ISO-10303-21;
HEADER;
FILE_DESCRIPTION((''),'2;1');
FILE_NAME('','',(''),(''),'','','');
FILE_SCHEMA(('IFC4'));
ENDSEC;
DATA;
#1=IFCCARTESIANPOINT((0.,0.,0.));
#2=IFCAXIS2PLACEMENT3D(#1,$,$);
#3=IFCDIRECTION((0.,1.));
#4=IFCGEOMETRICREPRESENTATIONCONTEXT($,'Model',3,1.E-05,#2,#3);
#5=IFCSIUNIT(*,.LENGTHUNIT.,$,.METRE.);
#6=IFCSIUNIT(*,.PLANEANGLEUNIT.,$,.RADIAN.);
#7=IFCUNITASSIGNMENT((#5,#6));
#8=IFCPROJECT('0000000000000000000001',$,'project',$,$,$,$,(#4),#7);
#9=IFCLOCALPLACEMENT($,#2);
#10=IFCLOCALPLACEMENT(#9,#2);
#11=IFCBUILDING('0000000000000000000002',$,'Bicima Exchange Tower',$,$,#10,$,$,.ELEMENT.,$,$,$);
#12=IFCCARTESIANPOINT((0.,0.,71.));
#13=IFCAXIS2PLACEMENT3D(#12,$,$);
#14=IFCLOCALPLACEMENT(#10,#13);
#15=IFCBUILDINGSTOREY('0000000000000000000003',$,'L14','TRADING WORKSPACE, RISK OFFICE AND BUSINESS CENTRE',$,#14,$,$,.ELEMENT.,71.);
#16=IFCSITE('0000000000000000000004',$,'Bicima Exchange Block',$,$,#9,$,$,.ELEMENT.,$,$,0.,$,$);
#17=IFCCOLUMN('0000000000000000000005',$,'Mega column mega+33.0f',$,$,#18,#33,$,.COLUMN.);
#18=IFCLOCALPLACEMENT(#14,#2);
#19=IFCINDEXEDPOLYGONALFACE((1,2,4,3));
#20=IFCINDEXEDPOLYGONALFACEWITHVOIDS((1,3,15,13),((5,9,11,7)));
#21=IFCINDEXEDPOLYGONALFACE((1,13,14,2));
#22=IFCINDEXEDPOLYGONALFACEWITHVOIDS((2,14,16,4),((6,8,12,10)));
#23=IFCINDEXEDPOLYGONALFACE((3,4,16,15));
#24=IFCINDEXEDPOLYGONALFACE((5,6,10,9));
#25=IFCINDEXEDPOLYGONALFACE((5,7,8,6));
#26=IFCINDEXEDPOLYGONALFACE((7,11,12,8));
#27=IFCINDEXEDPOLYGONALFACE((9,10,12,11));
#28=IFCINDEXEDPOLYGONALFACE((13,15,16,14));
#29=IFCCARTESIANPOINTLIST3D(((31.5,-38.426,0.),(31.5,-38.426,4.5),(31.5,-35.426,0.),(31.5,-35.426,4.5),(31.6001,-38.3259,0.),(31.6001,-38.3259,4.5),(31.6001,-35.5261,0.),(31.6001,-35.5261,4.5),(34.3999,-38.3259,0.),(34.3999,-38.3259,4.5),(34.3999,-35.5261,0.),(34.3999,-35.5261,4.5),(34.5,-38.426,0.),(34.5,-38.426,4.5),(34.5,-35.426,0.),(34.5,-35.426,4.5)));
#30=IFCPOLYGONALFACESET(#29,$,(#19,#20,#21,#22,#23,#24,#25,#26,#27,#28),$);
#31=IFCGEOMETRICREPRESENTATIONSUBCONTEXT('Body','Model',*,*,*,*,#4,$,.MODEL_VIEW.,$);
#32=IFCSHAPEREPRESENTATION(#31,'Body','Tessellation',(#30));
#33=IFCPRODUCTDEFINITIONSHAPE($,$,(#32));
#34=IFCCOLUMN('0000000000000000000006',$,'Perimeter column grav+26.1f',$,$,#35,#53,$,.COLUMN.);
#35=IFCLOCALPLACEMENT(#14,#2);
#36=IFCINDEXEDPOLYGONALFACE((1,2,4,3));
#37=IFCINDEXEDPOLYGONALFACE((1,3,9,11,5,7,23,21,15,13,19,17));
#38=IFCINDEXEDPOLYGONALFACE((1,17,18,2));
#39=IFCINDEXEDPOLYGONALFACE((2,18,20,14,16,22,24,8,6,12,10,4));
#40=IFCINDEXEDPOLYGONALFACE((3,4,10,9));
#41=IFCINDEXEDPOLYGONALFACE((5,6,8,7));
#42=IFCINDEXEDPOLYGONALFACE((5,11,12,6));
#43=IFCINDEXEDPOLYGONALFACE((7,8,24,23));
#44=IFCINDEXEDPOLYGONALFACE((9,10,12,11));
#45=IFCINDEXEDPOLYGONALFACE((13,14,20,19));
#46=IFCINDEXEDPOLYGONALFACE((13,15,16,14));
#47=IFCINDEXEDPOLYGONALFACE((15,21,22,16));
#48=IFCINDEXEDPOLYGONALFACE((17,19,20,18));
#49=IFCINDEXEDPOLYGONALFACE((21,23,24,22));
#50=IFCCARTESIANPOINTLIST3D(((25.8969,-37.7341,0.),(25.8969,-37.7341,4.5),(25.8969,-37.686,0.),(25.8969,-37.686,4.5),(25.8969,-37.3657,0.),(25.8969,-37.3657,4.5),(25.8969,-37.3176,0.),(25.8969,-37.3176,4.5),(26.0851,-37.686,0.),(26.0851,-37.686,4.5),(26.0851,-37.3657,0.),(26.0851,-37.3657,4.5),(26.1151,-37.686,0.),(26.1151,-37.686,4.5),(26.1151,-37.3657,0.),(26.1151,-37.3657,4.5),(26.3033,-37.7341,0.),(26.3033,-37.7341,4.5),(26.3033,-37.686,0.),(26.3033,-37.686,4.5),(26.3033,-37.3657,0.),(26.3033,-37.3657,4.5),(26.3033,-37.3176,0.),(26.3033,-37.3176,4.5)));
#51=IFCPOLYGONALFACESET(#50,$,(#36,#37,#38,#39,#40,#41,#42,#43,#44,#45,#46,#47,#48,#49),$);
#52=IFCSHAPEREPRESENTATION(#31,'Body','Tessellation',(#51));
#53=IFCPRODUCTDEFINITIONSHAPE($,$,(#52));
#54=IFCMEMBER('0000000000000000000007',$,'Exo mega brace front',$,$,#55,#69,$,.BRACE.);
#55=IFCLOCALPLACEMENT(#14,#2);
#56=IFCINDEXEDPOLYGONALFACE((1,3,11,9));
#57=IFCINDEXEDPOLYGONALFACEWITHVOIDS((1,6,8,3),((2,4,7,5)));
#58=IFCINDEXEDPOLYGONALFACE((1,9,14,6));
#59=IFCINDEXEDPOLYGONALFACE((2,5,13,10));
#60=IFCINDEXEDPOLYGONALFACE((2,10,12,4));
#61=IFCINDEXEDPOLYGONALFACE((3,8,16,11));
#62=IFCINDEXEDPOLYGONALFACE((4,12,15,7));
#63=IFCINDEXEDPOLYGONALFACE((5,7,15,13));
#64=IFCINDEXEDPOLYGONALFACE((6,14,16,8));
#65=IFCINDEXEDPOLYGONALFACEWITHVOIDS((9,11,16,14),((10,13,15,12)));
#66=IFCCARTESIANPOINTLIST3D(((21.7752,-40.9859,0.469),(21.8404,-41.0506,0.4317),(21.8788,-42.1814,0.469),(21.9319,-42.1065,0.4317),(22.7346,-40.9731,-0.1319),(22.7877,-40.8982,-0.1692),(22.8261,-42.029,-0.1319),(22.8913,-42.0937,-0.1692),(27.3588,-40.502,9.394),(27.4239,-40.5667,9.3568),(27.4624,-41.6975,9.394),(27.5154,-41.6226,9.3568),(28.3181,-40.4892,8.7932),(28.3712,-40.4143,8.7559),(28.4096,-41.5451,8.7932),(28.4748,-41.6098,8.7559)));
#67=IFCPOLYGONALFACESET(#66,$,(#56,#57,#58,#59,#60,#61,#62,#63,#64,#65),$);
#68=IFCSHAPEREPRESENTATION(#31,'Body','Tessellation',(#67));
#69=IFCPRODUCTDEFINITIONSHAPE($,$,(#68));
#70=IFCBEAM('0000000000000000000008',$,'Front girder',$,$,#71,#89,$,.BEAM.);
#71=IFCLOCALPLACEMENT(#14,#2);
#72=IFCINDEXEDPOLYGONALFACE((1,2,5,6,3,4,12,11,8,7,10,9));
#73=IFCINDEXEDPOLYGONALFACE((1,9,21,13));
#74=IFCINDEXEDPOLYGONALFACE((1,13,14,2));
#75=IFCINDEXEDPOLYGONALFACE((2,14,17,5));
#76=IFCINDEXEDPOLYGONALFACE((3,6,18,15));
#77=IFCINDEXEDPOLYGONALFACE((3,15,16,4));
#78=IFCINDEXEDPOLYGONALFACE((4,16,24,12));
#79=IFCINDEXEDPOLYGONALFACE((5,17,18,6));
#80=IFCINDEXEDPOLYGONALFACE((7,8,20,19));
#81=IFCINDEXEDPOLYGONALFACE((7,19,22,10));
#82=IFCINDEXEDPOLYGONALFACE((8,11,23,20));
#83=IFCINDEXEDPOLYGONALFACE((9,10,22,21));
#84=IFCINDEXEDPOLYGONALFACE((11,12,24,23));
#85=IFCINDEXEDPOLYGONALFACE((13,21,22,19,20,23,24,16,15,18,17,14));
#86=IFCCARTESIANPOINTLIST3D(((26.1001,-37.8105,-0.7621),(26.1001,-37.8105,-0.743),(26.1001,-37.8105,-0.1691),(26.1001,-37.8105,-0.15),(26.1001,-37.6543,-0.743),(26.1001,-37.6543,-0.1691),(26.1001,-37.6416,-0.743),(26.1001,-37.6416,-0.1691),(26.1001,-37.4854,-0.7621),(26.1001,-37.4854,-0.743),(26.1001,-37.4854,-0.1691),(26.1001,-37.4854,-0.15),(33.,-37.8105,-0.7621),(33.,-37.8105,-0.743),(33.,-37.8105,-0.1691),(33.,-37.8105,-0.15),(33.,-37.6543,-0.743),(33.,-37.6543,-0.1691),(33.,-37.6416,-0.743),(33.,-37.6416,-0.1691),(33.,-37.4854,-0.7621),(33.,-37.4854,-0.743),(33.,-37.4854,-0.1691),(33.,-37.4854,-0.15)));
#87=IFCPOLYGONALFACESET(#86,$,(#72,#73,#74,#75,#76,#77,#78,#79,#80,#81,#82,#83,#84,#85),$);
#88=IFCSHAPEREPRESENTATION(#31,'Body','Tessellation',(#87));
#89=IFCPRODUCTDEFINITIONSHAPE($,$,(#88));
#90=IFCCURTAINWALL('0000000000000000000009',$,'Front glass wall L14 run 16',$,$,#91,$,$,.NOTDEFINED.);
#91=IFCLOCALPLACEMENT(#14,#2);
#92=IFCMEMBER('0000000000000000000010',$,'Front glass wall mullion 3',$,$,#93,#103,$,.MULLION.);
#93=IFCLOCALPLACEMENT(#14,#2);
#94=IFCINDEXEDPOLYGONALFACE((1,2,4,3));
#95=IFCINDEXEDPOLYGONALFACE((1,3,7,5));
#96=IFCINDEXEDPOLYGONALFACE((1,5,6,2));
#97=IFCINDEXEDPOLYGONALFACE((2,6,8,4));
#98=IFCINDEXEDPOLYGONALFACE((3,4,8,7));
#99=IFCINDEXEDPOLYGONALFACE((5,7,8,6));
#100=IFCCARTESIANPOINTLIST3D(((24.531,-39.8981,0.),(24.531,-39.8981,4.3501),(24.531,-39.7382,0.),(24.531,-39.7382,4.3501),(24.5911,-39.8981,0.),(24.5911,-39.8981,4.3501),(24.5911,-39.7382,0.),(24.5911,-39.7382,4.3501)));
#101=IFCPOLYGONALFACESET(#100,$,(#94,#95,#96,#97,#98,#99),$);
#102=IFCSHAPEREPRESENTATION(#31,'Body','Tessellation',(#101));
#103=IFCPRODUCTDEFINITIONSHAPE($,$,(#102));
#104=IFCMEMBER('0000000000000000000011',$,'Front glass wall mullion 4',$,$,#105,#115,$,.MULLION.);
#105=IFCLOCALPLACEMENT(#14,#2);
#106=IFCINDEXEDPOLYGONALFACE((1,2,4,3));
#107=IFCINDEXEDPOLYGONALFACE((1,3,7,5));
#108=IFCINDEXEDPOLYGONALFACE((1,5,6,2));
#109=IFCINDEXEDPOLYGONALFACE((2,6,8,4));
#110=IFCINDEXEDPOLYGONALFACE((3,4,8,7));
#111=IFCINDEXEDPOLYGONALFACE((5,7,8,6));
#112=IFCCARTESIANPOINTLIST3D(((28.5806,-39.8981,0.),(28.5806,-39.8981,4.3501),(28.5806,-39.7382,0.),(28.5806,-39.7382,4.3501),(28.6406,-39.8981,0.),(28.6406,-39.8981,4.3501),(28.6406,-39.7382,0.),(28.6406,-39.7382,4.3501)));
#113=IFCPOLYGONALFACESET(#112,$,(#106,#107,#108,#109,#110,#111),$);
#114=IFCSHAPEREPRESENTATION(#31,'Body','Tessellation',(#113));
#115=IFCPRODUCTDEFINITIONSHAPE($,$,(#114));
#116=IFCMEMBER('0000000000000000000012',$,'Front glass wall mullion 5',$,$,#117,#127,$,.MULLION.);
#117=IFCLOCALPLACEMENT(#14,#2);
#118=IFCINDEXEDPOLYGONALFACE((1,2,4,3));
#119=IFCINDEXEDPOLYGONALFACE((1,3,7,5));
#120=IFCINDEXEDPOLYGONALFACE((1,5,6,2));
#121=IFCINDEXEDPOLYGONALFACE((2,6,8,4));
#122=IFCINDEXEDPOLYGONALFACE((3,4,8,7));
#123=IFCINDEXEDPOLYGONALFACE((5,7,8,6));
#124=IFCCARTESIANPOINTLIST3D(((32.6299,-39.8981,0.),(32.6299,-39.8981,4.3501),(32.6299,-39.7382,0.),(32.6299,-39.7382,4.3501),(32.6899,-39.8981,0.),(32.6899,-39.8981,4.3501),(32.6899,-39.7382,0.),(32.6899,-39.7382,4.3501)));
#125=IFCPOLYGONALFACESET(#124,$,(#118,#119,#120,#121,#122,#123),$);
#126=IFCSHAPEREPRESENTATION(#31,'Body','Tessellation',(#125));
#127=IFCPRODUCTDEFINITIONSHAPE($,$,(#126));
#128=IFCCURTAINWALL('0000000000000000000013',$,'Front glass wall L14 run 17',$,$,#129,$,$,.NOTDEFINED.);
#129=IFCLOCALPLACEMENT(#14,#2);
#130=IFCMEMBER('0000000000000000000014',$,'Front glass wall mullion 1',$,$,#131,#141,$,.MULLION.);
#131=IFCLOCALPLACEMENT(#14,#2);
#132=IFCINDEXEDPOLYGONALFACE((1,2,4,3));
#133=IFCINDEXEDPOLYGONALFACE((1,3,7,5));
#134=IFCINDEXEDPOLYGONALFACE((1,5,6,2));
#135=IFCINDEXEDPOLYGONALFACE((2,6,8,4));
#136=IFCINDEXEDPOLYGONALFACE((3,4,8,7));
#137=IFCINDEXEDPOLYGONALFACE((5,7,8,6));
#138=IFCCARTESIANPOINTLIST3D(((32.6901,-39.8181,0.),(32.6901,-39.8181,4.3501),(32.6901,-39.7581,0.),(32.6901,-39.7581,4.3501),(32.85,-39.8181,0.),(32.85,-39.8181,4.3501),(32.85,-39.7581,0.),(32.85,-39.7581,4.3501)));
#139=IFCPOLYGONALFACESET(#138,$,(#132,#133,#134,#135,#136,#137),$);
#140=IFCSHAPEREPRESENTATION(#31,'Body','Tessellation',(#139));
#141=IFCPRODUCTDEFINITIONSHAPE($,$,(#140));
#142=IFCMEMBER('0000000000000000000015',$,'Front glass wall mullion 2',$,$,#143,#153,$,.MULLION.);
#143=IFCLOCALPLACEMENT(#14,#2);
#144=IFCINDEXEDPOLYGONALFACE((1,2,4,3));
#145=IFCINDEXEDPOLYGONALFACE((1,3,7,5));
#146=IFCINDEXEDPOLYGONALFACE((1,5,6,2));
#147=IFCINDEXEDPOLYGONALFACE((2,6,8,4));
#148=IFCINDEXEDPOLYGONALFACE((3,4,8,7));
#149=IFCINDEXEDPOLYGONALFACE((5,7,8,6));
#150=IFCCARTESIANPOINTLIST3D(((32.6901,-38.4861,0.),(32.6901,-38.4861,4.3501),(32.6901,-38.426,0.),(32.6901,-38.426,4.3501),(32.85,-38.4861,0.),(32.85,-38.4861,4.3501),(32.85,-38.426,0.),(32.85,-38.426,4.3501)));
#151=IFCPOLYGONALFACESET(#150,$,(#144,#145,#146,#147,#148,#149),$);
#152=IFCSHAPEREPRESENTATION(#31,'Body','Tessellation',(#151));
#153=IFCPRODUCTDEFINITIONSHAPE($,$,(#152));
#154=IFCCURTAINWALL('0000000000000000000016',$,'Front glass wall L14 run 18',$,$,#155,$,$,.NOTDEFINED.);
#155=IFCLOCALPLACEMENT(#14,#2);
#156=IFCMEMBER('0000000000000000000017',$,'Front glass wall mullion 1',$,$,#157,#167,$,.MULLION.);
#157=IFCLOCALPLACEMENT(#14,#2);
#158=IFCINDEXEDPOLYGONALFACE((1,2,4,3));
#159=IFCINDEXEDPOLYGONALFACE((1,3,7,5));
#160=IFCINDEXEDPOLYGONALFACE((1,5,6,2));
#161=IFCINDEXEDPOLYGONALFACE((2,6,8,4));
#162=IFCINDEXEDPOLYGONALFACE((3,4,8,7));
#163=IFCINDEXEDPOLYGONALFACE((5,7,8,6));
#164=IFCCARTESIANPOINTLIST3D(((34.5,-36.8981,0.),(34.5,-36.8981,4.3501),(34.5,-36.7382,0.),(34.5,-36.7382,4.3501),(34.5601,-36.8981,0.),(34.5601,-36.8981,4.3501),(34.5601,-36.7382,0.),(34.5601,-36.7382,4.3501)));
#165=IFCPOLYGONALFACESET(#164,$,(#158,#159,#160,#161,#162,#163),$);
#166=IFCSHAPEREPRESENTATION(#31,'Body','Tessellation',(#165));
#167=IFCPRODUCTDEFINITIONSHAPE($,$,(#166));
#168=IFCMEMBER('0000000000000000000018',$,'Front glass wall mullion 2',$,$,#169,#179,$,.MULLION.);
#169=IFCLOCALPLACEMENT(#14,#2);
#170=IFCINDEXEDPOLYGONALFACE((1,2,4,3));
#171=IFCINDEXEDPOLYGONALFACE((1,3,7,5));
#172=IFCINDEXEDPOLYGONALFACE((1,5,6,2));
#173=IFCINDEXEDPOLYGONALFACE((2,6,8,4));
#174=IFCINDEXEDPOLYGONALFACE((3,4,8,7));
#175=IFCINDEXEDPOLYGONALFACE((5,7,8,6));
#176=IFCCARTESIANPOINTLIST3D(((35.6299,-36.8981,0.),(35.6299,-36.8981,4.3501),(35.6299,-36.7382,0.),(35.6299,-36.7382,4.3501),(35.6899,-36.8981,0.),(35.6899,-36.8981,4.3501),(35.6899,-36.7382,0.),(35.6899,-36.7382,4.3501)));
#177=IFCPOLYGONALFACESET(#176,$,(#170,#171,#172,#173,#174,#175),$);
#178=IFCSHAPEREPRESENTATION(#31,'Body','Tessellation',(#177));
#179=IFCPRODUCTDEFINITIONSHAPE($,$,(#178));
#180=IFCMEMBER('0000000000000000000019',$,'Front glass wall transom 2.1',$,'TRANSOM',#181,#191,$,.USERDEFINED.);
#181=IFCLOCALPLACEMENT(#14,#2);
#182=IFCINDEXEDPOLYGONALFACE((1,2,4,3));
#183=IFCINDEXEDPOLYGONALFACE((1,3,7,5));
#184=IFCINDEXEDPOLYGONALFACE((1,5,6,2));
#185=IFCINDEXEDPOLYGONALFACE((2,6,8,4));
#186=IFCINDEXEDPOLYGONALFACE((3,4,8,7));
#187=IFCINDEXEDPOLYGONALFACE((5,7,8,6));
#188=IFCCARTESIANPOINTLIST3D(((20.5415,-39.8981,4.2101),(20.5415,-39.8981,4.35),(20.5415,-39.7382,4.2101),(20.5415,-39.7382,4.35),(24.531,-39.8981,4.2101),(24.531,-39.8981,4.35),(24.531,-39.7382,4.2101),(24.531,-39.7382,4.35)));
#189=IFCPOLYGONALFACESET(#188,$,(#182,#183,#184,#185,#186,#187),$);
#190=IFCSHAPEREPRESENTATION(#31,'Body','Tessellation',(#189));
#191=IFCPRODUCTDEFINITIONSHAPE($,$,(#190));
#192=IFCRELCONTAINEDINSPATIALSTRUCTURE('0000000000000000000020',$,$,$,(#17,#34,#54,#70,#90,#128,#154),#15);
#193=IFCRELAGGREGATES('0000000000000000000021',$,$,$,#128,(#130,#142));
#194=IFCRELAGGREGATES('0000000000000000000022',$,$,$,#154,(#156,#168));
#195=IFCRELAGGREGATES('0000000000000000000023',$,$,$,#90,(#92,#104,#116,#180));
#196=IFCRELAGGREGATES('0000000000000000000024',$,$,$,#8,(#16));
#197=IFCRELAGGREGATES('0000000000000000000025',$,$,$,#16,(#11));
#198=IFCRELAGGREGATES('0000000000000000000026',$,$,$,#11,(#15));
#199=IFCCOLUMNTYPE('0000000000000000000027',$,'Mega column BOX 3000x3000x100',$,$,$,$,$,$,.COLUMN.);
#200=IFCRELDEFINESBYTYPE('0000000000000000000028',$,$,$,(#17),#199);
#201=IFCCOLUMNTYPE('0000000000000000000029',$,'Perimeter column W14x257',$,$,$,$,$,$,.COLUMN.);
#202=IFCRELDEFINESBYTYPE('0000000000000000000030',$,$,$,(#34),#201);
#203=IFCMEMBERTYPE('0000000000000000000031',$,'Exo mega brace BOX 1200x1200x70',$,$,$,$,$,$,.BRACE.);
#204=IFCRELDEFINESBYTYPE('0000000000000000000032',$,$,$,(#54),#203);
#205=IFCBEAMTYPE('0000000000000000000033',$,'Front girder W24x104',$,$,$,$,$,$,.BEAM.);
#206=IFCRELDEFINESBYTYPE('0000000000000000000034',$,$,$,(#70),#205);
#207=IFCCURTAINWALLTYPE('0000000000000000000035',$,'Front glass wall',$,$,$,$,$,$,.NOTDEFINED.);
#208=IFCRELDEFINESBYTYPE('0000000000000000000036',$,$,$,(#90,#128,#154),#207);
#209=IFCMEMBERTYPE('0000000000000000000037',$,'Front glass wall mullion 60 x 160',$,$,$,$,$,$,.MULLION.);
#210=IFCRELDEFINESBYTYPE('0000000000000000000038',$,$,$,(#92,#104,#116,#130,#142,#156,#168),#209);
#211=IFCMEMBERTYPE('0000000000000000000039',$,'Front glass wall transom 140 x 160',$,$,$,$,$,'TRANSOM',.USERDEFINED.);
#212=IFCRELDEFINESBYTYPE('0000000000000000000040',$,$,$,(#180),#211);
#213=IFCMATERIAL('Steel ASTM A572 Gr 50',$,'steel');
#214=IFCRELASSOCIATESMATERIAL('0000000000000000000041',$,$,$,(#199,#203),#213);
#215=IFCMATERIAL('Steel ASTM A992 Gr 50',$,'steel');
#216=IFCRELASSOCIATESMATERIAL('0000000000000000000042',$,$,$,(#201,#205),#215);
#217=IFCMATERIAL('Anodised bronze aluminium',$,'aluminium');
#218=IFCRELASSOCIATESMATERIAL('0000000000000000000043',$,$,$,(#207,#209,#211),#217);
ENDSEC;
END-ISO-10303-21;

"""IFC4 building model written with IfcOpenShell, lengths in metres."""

from ifc_helpers import new_model, si_unit, direction, frame, origin, origin_2d, place, context, subcontext, project, spatial, rectangle, hollow_rectangle, i_section, extrude, material, material_profile, profile_set, type_object, element, aggregate, save


model = new_model("IFC4")

# Units and contexts
model_context = context("Model", 3, precision=1e-05, world=origin(), true_north=direction((0.0, 1.0)))
body_context = subcontext(model_context, "Body", "Model", "MODEL_VIEW")
ifc_project = project(units=[si_unit("LENGTHUNIT", "METRE"), si_unit("PLANEANGLEUNIT", "RADIAN")], contexts=[model_context])

# Site, building, storey
site_placement = place(None, origin())
site = spatial("IfcSite", under=ifc_project, at=site_placement, Name="Bicima Exchange Block", CompositionType="ELEMENT", RefElevation=0.0)
building_placement = place(site_placement, origin())
building = spatial("IfcBuilding", under=site, at=building_placement, Name="Bicima Exchange Tower", CompositionType="ELEMENT")
storey_placement = place(building_placement, frame((0.0, 0.0, 71.0)))
storey = spatial("IfcBuildingStorey", under=building, at=storey_placement, Name="L14", Description="TRADING WORKSPACE, RISK OFFICE AND BUSINESS CENTRE", CompositionType="ELEMENT", Elevation=71.0)

# Columns
ifc_material_1 = material(Name="Steel ASTM A572 Gr 50", Category="steel")
ifc_material_profile_1 = material_profile(ifc_material_1, hollow_rectangle(XDim=3.0, YDim=3.0, WallThickness=0.1001, at=origin_2d()))
ifc_profile_set_1 = profile_set([ifc_material_profile_1], Name="Steel ASTM A572 Gr 50")
column_type_1 = type_object("IfcColumnType", Name="Mega column BOX 3000x3000x100", PredefinedType="COLUMN", material=ifc_profile_set_1)
column_1_placement = place(storey_placement, frame((33.0, -36.926, 0.0), z_axis=(0.0, 0.0, 1.0), x_axis=(1.0, 0.0, 0.0)))
element("IfcColumn", 1, at=column_1_placement, inside=storey, type_object=column_type_1, Name="Mega column mega+33.0f", PredefinedType="COLUMN", context=body_context, shape_type="SweptSolid", body=[
    extrude(hollow_rectangle(XDim=3.0, YDim=3.0, WallThickness=0.1001, at=origin_2d()), origin(), (0.0, 0.0, 1.0), 4.5),
])
ifc_material_2 = material(Name="Steel ASTM A992 Gr 50", Category="steel")
ifc_material_profile_2 = material_profile(ifc_material_2, i_section(OverallWidth=0.4065, OverallDepth=0.4165, WebThickness=0.03, FlangeThickness=0.0481, at=origin_2d()))
ifc_profile_set_2 = profile_set([ifc_material_profile_2], Name="Steel ASTM A992 Gr 50")
column_type_2 = type_object("IfcColumnType", Name="Perimeter column W14x257", PredefinedType="COLUMN", material=ifc_profile_set_2)
column_2_placement = place(storey_placement, frame((26.1001, -37.5259, 0.0), z_axis=(0.0, 0.0, 1.0), x_axis=(1.0, 0.0, 0.0)))
element("IfcColumn", 2, at=column_2_placement, inside=storey, type_object=column_type_2, Name="Perimeter column grav+26.1f", PredefinedType="COLUMN", context=body_context, shape_type="SweptSolid", body=[
    extrude(i_section(OverallWidth=0.4065, OverallDepth=0.4165, WebThickness=0.03, FlangeThickness=0.0481, at=origin_2d()), origin(), (0.0, 0.0, 1.0), 4.5),
])

# Member
ifc_material_profile_3 = material_profile(ifc_material_1, hollow_rectangle(XDim=1.2, YDim=1.2, WallThickness=0.0701, at=origin_2d()))
ifc_profile_set_3 = profile_set([ifc_material_profile_3], Name="Steel ASTM A572 Gr 50")
member_type_1 = type_object("IfcMemberType", Name="Exo mega brace BOX 1200x1200x70", PredefinedType="BRACE", material=ifc_profile_set_3)
member_1_placement = place(storey_placement, frame((22.3333, -41.5398, 0.1499), z_axis=(0.529804, 0.045915, 0.846876), x_axis=(-0.08634, 0.996266, 0.0)))
element("IfcMember", 3, at=member_1_placement, inside=storey, type_object=member_type_1, Name="Exo mega brace front", PredefinedType="BRACE", context=body_context, shape_type="SweptSolid", body=[
    extrude(hollow_rectangle(XDim=1.2, YDim=1.2, WallThickness=0.0701, at=origin_2d()), origin(), (0.0, 0.0, 1.0), 10.5388),
])

# Beam
ifc_material_profile_4 = material_profile(ifc_material_2, i_section(OverallWidth=0.3252, OverallDepth=0.6121, WebThickness=0.0127, FlangeThickness=0.019, at=origin_2d()))
ifc_profile_set_4 = profile_set([ifc_material_profile_4], Name="Steel ASTM A992 Gr 50")
beam_type = type_object("IfcBeamType", Name="Front girder W24x104", PredefinedType="BEAM", material=ifc_profile_set_4)
beam_placement = place(storey_placement, frame((26.1001, -37.6479, -0.4561), z_axis=(1.0, 0.0, 0.0), x_axis=(0.0, 1.0, 0.0)))
element("IfcBeam", 4, at=beam_placement, inside=storey, type_object=beam_type, Name="Front girder", PredefinedType="BEAM", context=body_context, shape_type="SweptSolid", body=[
    extrude(i_section(OverallWidth=0.3252, OverallDepth=0.6121, WebThickness=0.0127, FlangeThickness=0.019, at=origin_2d()), origin(), (0.0, 0.0, 1.0), 6.8999),
])

# Curtain walls, members
ifc_material_3 = material(Name="Anodised bronze aluminium", Category="aluminium")
curtain_wall_type = type_object("IfcCurtainWallType", Name="Front glass wall", PredefinedType="NOTDEFINED", material=ifc_material_3)
curtain_wall_1_placement = place(storey_placement, origin())
curtain_wall_1 = element("IfcCurtainWall", 5, at=curtain_wall_1_placement, inside=storey, type_object=curtain_wall_type, Name="Front glass wall L14 run 16", PredefinedType="NOTDEFINED")
ifc_material_profile_5 = material_profile(ifc_material_3, rectangle(XDim=0.1599, YDim=0.0601, at=origin_2d()))
ifc_profile_set_5 = profile_set([ifc_material_profile_5], Name="Anodised bronze aluminium")
member_type_2 = type_object("IfcMemberType", Name="Front glass wall mullion 60 x 160", PredefinedType="MULLION", material=ifc_profile_set_5)
member_2_placement = place(storey_placement, frame((24.561, -39.8181, 0.0), z_axis=(0.0, 0.0, 1.0), x_axis=(0.0, 1.0, 0.0)))
member_2 = element("IfcMember", 6, at=member_2_placement, type_object=member_type_2, Name="Front glass wall mullion 3", PredefinedType="MULLION", context=body_context, shape_type="SweptSolid", body=[
    extrude(rectangle(XDim=0.1599, YDim=0.0601, at=origin_2d()), origin(), (0.0, 0.0, 1.0), 4.3501),
])
member_3_placement = place(storey_placement, frame((28.6106, -39.8181, 0.0), z_axis=(0.0, 0.0, 1.0), x_axis=(0.0, 1.0, 0.0)))
member_3 = element("IfcMember", 7, at=member_3_placement, type_object=member_type_2, Name="Front glass wall mullion 4", PredefinedType="MULLION", context=body_context, shape_type="SweptSolid", body=[
    extrude(rectangle(XDim=0.1599, YDim=0.0601, at=origin_2d()), origin(), (0.0, 0.0, 1.0), 4.3501),
])
member_4_placement = place(storey_placement, frame((32.6599, -39.8181, 0.0), z_axis=(0.0, 0.0, 1.0), x_axis=(0.0, 1.0, 0.0)))
member_4 = element("IfcMember", 8, at=member_4_placement, type_object=member_type_2, Name="Front glass wall mullion 5", PredefinedType="MULLION", context=body_context, shape_type="SweptSolid", body=[
    extrude(rectangle(XDim=0.1599, YDim=0.0601, at=origin_2d()), origin(), (0.0, 0.0, 1.0), 4.3501),
])
curtain_wall_2_placement = place(storey_placement, origin())
curtain_wall_2 = element("IfcCurtainWall", 9, at=curtain_wall_2_placement, inside=storey, type_object=curtain_wall_type, Name="Front glass wall L14 run 17", PredefinedType="NOTDEFINED")
member_5_placement = place(storey_placement, frame((32.77, -39.7881, 0.0), z_axis=(0.0, 0.0, 1.0), x_axis=(-1.0, 0.0, 0.0)))
member_5 = element("IfcMember", 10, at=member_5_placement, type_object=member_type_2, Name="Front glass wall mullion 1", PredefinedType="MULLION", context=body_context, shape_type="SweptSolid", body=[
    extrude(rectangle(XDim=0.1599, YDim=0.0601, at=origin_2d()), origin(), (0.0, 0.0, 1.0), 4.3501),
])
member_6_placement = place(storey_placement, frame((32.77, -38.4561, 0.0), z_axis=(0.0, 0.0, 1.0), x_axis=(-1.0, 0.0, 0.0)))
member_6 = element("IfcMember", 11, at=member_6_placement, type_object=member_type_2, Name="Front glass wall mullion 2", PredefinedType="MULLION", context=body_context, shape_type="SweptSolid", body=[
    extrude(rectangle(XDim=0.1599, YDim=0.0601, at=origin_2d()), origin(), (0.0, 0.0, 1.0), 4.3501),
])
curtain_wall_3_placement = place(storey_placement, origin())
curtain_wall_3 = element("IfcCurtainWall", 12, at=curtain_wall_3_placement, inside=storey, type_object=curtain_wall_type, Name="Front glass wall L14 run 18", PredefinedType="NOTDEFINED")
member_7_placement = place(storey_placement, frame((34.53, -36.8181, 0.0), z_axis=(0.0, 0.0, 1.0), x_axis=(0.0, 1.0, 0.0)))
member_7 = element("IfcMember", 13, at=member_7_placement, type_object=member_type_2, Name="Front glass wall mullion 1", PredefinedType="MULLION", context=body_context, shape_type="SweptSolid", body=[
    extrude(rectangle(XDim=0.1599, YDim=0.0601, at=origin_2d()), origin(), (0.0, 0.0, 1.0), 4.3501),
])
member_8_placement = place(storey_placement, frame((35.6599, -36.8181, 0.0), z_axis=(0.0, 0.0, 1.0), x_axis=(0.0, 1.0, 0.0)))
member_8 = element("IfcMember", 14, at=member_8_placement, type_object=member_type_2, Name="Front glass wall mullion 2", PredefinedType="MULLION", context=body_context, shape_type="SweptSolid", body=[
    extrude(rectangle(XDim=0.1599, YDim=0.0601, at=origin_2d()), origin(), (0.0, 0.0, 1.0), 4.3501),
])

# Member
ifc_material_profile_6 = material_profile(ifc_material_3, rectangle(XDim=0.1599, YDim=0.1399, at=origin_2d()))
ifc_profile_set_6 = profile_set([ifc_material_profile_6], Name="Anodised bronze aluminium")
member_type_3 = type_object("IfcMemberType", Name="Front glass wall transom 140 x 160", ElementType="TRANSOM", PredefinedType="USERDEFINED", material=ifc_profile_set_6)
member_9_placement = place(storey_placement, frame((20.5415, -39.8181, 4.28), z_axis=(1.0, 0.0, 0.0), x_axis=(0.0, 1.0, 0.0)))
member_9 = element("IfcMember", 15, at=member_9_placement, type_object=member_type_3, Name="Front glass wall transom 2.1", ObjectType="TRANSOM", PredefinedType="USERDEFINED", context=body_context, shape_type="SweptSolid", body=[
    extrude(rectangle(XDim=0.1599, YDim=0.1399, at=origin_2d()), origin(), (0.0, 0.0, 1.0), 3.9895),
])

aggregate(curtain_wall_2, [member_5, member_6])
aggregate(curtain_wall_3, [member_7, member_8])
aggregate(curtain_wall_1, [member_2, member_3, member_4, member_9])

save(model, "model.ifc")
